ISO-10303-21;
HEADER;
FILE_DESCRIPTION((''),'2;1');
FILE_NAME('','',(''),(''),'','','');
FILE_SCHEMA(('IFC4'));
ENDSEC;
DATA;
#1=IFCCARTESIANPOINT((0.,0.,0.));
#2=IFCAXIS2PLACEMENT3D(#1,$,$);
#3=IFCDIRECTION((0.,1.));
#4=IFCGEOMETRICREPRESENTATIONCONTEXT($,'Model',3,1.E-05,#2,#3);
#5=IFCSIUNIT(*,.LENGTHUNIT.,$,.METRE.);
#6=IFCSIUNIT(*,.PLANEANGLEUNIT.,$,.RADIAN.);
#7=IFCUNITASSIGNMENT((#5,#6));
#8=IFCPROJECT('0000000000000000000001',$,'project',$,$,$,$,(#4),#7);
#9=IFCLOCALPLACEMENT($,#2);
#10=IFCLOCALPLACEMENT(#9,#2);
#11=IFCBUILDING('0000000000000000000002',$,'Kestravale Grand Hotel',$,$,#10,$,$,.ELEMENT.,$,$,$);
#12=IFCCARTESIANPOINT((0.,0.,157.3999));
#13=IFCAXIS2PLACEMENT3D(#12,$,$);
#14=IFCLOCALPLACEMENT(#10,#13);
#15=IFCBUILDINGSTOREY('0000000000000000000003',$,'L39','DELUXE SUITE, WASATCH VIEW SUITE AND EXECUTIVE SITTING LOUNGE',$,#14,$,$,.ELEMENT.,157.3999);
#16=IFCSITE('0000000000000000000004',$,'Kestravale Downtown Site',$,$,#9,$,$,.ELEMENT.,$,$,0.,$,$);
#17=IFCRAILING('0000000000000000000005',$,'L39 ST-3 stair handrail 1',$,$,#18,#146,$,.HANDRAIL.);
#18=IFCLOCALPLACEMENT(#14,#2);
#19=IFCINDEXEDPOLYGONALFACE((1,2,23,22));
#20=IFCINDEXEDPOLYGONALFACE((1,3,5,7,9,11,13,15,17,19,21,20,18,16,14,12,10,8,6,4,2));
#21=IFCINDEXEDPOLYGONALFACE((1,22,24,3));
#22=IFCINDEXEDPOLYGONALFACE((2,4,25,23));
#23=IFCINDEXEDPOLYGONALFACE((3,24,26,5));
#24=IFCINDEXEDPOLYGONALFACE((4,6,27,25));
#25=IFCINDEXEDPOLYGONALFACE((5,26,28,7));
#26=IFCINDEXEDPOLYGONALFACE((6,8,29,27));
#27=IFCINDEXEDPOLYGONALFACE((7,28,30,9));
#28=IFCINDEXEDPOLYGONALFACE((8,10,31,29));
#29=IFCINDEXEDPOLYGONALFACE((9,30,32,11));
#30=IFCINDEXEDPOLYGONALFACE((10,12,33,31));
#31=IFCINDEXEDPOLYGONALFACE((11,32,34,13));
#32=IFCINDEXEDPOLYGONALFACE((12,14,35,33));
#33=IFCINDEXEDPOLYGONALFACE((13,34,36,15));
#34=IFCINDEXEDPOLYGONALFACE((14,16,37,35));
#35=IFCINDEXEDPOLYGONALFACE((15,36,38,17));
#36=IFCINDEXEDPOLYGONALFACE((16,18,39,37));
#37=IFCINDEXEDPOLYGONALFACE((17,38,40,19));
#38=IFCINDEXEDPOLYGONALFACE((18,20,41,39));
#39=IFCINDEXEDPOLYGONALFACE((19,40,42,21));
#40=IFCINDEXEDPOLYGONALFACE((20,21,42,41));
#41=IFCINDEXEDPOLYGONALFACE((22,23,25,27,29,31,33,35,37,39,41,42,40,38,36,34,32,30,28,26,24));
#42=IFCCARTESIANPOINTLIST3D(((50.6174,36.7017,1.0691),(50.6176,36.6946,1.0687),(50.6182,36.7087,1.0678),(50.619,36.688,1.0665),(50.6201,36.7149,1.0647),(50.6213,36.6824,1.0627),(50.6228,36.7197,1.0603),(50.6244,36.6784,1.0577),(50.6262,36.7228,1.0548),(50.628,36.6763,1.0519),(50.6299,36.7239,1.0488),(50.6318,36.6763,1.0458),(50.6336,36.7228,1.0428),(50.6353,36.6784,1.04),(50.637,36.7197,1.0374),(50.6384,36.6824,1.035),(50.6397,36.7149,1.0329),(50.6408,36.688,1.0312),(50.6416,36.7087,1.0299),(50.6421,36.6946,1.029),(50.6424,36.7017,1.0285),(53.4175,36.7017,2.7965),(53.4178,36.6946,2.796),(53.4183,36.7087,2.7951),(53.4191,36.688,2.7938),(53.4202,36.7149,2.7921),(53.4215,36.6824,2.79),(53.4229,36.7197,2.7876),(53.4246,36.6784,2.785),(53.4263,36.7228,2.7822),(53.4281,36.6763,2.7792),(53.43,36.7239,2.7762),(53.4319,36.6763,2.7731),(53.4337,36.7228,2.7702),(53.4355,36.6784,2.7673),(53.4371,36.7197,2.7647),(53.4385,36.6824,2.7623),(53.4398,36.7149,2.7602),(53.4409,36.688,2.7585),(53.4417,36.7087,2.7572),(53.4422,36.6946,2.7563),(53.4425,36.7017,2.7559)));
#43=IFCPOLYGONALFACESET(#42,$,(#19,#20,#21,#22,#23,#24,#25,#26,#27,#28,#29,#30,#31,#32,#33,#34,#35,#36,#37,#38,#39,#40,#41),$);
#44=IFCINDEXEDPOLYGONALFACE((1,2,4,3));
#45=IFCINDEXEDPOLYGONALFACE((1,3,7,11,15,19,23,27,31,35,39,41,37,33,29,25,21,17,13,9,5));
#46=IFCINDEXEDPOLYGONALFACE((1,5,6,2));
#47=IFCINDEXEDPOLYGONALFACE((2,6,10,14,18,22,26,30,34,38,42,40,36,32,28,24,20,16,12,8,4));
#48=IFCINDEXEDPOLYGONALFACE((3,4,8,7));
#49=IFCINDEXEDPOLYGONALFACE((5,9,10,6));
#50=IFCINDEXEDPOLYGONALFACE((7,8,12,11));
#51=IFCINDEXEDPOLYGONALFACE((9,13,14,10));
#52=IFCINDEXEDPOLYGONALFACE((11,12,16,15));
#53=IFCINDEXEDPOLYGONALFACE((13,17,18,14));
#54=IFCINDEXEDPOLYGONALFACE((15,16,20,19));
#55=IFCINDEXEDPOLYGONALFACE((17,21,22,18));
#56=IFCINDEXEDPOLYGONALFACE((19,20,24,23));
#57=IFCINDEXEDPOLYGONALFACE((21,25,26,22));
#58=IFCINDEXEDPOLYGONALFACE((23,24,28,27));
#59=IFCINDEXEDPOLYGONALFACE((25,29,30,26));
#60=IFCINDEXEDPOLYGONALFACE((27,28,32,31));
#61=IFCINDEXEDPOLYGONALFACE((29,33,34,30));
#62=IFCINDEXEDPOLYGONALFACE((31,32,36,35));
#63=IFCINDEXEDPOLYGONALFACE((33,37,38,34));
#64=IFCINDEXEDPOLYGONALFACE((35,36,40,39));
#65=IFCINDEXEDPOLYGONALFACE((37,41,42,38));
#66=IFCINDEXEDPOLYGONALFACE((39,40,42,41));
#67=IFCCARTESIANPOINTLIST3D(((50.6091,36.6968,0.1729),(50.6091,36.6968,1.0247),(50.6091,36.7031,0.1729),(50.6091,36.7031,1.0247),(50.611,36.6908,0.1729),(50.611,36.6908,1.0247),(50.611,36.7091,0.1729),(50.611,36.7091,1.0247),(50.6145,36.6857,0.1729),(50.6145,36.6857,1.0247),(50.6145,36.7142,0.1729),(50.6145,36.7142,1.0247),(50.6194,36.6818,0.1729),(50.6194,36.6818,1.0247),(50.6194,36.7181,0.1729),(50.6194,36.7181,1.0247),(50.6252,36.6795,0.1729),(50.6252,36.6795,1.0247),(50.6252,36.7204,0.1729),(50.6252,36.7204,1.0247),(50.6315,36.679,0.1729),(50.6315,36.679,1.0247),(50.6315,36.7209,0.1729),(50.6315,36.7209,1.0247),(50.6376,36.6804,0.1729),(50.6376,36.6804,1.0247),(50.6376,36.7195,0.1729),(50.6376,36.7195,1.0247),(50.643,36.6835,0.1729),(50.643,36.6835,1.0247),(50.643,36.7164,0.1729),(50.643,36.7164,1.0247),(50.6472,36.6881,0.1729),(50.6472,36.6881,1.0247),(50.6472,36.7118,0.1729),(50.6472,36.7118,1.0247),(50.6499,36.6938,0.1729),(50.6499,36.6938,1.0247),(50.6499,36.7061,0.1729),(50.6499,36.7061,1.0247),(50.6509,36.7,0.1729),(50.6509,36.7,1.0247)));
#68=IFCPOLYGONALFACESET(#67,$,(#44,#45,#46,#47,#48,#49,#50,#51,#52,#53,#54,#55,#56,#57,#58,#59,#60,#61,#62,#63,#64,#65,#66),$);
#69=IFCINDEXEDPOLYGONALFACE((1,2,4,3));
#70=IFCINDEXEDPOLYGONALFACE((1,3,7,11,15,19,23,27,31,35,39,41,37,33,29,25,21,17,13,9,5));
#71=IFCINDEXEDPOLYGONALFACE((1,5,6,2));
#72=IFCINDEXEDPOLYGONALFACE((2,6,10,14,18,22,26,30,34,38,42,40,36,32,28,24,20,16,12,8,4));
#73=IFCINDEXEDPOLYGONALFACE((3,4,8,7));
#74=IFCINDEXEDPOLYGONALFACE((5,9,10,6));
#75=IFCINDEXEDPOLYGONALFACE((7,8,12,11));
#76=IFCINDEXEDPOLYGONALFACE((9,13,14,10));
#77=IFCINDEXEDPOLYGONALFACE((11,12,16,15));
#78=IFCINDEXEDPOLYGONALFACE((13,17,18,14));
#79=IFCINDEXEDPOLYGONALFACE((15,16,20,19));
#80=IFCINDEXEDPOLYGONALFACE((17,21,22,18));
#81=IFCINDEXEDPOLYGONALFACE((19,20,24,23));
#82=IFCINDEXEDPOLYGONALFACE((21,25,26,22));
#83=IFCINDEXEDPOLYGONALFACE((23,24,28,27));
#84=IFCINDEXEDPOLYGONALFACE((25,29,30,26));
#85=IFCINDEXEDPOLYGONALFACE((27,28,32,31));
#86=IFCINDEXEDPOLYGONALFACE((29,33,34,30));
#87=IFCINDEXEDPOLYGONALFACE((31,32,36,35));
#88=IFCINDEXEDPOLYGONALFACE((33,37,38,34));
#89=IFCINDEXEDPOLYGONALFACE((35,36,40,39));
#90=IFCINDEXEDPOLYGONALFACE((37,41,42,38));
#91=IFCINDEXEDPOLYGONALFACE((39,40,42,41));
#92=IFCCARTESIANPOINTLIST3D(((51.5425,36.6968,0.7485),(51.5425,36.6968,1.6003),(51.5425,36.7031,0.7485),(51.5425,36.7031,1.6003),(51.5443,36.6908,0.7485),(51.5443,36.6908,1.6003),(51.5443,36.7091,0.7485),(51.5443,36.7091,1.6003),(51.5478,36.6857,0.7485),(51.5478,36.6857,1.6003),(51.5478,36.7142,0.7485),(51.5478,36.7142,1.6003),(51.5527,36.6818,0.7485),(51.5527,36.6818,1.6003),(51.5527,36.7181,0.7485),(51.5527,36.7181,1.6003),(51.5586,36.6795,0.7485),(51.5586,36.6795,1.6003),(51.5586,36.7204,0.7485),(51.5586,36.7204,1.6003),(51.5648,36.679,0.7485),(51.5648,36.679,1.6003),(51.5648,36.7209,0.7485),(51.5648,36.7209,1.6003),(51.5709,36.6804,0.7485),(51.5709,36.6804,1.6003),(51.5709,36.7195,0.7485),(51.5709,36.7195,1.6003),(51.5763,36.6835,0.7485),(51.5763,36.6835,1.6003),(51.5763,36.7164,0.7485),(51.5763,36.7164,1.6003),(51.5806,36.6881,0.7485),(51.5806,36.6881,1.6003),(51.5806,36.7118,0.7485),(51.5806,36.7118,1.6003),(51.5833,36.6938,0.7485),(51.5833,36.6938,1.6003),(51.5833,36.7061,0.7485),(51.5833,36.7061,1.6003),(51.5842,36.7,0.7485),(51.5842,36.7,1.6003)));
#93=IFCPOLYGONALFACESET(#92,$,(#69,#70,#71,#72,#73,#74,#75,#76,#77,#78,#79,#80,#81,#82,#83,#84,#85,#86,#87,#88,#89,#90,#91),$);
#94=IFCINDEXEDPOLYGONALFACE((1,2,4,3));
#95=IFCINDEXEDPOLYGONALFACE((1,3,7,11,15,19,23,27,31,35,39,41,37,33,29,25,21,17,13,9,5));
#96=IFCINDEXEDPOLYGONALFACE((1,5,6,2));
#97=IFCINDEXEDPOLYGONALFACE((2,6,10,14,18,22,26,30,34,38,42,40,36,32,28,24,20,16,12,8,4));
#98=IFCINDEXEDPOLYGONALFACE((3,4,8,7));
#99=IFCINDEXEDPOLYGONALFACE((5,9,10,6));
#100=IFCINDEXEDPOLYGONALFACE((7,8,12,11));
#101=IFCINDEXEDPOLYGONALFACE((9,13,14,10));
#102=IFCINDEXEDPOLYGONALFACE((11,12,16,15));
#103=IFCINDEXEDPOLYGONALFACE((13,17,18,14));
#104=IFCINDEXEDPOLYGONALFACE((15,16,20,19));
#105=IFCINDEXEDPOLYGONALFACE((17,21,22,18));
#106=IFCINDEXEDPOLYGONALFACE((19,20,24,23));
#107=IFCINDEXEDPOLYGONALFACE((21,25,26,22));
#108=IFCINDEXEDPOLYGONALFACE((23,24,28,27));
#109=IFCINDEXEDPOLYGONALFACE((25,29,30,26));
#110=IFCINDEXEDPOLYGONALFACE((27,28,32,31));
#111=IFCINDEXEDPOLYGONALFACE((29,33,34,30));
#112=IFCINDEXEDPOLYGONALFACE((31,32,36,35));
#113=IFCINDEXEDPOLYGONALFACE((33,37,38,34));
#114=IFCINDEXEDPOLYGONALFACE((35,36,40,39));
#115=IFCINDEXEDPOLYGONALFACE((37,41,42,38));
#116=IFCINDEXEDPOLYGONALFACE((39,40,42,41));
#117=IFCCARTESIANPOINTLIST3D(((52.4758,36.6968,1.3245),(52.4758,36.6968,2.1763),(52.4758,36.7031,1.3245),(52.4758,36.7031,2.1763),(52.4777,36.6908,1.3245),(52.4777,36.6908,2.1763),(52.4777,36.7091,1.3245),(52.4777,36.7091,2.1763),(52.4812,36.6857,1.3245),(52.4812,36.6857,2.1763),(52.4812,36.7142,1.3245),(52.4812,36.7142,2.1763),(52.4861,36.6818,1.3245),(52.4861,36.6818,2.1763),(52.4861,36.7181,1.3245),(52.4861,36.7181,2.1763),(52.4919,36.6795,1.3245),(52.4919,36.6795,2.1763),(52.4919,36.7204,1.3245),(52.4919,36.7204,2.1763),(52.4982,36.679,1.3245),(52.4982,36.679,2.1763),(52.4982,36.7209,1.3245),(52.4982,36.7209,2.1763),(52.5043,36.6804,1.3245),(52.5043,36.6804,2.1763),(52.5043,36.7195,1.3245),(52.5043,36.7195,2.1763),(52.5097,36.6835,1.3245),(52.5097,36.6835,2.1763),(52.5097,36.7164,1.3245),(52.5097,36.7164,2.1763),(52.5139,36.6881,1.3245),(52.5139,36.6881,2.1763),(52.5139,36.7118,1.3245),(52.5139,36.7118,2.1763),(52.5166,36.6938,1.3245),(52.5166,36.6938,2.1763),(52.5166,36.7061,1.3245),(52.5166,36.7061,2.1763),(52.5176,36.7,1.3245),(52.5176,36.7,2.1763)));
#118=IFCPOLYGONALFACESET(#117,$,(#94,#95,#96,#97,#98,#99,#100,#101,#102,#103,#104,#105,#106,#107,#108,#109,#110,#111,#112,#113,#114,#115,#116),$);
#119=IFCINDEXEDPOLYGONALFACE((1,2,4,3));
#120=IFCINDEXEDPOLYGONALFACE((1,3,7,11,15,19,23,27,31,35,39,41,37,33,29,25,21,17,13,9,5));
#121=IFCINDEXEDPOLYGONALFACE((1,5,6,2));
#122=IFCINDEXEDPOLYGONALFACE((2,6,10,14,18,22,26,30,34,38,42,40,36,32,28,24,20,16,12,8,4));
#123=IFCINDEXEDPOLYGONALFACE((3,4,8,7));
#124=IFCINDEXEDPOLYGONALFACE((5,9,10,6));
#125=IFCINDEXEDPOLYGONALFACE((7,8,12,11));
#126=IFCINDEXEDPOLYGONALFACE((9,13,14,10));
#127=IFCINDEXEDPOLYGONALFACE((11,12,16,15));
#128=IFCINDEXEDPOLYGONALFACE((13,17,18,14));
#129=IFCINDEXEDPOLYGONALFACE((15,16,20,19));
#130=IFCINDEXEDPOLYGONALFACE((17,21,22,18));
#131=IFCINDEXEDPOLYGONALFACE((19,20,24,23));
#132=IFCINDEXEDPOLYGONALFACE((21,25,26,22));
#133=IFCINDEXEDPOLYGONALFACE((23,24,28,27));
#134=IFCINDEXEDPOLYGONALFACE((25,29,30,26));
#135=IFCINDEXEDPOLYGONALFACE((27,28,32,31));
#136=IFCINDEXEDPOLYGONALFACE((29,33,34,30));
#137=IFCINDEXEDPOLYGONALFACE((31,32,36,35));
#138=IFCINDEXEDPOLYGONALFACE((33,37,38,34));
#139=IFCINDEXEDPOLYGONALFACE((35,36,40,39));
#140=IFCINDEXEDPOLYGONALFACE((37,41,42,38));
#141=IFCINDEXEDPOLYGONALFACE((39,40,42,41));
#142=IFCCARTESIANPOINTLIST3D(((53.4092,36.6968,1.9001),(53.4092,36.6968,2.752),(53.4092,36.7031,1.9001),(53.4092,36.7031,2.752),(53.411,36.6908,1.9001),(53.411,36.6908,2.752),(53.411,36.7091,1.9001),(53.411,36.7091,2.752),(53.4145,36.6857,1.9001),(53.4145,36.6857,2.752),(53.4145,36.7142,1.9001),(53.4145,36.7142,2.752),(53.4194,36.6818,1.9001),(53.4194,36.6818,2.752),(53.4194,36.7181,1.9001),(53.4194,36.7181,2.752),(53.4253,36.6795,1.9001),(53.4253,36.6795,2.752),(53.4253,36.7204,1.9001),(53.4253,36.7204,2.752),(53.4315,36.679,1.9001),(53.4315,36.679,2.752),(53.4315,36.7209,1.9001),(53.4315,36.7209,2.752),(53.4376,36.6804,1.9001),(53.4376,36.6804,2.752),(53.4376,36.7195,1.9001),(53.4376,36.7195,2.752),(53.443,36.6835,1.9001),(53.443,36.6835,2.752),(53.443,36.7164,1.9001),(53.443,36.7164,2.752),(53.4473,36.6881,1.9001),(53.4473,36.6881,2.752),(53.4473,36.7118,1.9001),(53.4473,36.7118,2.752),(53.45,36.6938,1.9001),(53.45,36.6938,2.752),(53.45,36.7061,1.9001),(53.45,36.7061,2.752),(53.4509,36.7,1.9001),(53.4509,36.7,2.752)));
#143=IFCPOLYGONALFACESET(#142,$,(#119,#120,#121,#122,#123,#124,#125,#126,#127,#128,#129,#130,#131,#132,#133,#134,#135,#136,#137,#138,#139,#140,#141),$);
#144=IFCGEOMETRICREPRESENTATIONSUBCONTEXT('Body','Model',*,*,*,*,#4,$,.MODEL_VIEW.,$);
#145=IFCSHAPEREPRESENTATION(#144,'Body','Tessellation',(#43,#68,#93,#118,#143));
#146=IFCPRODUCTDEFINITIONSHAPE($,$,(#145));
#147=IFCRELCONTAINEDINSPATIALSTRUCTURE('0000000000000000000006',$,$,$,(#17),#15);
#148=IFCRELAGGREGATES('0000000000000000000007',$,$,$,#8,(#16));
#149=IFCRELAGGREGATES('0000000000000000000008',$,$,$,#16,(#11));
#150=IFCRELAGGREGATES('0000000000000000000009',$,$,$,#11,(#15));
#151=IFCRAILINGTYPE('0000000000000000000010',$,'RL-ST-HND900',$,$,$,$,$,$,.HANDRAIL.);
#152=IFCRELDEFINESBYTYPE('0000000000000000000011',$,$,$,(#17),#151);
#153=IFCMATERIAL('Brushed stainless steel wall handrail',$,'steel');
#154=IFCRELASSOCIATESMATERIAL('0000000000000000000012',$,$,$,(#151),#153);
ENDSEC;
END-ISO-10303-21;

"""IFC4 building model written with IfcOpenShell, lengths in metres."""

from ifc_helpers import new_model, si_unit, direction, frame, origin, origin_2d, place, context, subcontext, project, spatial, circle, extrude, material, type_object, element, save


model = new_model("IFC4")

# Units and contexts
model_context = context("Model", 3, precision=1e-05, world=origin(), true_north=direction((0.0, 1.0)))
body_context = subcontext(model_context, "Body", "Model", "MODEL_VIEW")
ifc_project = project(units=[si_unit("LENGTHUNIT", "METRE"), si_unit("PLANEANGLEUNIT", "RADIAN")], contexts=[model_context])

# Site, building, storey
site_placement = place(None, origin())
site = spatial("IfcSite", under=ifc_project, at=site_placement, Name="Kestravale Downtown Site", CompositionType="ELEMENT", RefElevation=0.0)
building_placement = place(site_placement, origin())
building = spatial("IfcBuilding", under=site, at=building_placement, Name="Kestravale Grand Hotel", CompositionType="ELEMENT")
storey_placement = place(building_placement, frame((0.0, 0.0, 157.3999)))
storey = spatial("IfcBuildingStorey", under=building, at=storey_placement, Name="L39", Description="DELUXE SUITE, WASATCH VIEW SUITE AND EXECUTIVE SITTING LOUNGE", CompositionType="ELEMENT", Elevation=157.3999)

# Railing
ifc_material_1 = material(Name="Brushed stainless steel wall handrail", Category="steel")
railing_type_1 = type_object("IfcRailingType", Name="RL-ST-HND900", PredefinedType="HANDRAIL", material=ifc_material_1)
railing_1_placement = place(storey_placement, frame((50.6299, 36.7, 0.1729)))
element("IfcRailing", 1, at=railing_1_placement, inside=storey, type_object=railing_type_1, Name="L39 ST-3 stair handrail 1", PredefinedType="HANDRAIL", context=body_context, shape_type="SweptSolid", body=[
    extrude(circle(Radius=0.0239, at=origin_2d()), frame((0.0, 0.0, 0.876), z_axis=(0.85109, 0.0, 0.52502), x_axis=(0.0, 1.0, 0.0)), (0.0, 0.0, 1.0), 3.29),
    extrude(circle(Radius=0.021, at=origin_2d()), origin(), (0.0, 0.0, 1.0), 0.8518),
    extrude(circle(Radius=0.021, at=origin_2d()), frame((0.9333, 0.0, 0.5757)), (0.0, 0.0, 1.0), 0.8518),
    extrude(circle(Radius=0.021, at=origin_2d()), frame((1.8667, 0.0, 1.1516)), (0.0, 0.0, 1.0), 0.8518),
    extrude(circle(Radius=0.021, at=origin_2d()), frame((2.8, 0.0, 1.7273)), (0.0, 0.0, 1.0), 0.8518),
])

save(model, "model.ifc")
